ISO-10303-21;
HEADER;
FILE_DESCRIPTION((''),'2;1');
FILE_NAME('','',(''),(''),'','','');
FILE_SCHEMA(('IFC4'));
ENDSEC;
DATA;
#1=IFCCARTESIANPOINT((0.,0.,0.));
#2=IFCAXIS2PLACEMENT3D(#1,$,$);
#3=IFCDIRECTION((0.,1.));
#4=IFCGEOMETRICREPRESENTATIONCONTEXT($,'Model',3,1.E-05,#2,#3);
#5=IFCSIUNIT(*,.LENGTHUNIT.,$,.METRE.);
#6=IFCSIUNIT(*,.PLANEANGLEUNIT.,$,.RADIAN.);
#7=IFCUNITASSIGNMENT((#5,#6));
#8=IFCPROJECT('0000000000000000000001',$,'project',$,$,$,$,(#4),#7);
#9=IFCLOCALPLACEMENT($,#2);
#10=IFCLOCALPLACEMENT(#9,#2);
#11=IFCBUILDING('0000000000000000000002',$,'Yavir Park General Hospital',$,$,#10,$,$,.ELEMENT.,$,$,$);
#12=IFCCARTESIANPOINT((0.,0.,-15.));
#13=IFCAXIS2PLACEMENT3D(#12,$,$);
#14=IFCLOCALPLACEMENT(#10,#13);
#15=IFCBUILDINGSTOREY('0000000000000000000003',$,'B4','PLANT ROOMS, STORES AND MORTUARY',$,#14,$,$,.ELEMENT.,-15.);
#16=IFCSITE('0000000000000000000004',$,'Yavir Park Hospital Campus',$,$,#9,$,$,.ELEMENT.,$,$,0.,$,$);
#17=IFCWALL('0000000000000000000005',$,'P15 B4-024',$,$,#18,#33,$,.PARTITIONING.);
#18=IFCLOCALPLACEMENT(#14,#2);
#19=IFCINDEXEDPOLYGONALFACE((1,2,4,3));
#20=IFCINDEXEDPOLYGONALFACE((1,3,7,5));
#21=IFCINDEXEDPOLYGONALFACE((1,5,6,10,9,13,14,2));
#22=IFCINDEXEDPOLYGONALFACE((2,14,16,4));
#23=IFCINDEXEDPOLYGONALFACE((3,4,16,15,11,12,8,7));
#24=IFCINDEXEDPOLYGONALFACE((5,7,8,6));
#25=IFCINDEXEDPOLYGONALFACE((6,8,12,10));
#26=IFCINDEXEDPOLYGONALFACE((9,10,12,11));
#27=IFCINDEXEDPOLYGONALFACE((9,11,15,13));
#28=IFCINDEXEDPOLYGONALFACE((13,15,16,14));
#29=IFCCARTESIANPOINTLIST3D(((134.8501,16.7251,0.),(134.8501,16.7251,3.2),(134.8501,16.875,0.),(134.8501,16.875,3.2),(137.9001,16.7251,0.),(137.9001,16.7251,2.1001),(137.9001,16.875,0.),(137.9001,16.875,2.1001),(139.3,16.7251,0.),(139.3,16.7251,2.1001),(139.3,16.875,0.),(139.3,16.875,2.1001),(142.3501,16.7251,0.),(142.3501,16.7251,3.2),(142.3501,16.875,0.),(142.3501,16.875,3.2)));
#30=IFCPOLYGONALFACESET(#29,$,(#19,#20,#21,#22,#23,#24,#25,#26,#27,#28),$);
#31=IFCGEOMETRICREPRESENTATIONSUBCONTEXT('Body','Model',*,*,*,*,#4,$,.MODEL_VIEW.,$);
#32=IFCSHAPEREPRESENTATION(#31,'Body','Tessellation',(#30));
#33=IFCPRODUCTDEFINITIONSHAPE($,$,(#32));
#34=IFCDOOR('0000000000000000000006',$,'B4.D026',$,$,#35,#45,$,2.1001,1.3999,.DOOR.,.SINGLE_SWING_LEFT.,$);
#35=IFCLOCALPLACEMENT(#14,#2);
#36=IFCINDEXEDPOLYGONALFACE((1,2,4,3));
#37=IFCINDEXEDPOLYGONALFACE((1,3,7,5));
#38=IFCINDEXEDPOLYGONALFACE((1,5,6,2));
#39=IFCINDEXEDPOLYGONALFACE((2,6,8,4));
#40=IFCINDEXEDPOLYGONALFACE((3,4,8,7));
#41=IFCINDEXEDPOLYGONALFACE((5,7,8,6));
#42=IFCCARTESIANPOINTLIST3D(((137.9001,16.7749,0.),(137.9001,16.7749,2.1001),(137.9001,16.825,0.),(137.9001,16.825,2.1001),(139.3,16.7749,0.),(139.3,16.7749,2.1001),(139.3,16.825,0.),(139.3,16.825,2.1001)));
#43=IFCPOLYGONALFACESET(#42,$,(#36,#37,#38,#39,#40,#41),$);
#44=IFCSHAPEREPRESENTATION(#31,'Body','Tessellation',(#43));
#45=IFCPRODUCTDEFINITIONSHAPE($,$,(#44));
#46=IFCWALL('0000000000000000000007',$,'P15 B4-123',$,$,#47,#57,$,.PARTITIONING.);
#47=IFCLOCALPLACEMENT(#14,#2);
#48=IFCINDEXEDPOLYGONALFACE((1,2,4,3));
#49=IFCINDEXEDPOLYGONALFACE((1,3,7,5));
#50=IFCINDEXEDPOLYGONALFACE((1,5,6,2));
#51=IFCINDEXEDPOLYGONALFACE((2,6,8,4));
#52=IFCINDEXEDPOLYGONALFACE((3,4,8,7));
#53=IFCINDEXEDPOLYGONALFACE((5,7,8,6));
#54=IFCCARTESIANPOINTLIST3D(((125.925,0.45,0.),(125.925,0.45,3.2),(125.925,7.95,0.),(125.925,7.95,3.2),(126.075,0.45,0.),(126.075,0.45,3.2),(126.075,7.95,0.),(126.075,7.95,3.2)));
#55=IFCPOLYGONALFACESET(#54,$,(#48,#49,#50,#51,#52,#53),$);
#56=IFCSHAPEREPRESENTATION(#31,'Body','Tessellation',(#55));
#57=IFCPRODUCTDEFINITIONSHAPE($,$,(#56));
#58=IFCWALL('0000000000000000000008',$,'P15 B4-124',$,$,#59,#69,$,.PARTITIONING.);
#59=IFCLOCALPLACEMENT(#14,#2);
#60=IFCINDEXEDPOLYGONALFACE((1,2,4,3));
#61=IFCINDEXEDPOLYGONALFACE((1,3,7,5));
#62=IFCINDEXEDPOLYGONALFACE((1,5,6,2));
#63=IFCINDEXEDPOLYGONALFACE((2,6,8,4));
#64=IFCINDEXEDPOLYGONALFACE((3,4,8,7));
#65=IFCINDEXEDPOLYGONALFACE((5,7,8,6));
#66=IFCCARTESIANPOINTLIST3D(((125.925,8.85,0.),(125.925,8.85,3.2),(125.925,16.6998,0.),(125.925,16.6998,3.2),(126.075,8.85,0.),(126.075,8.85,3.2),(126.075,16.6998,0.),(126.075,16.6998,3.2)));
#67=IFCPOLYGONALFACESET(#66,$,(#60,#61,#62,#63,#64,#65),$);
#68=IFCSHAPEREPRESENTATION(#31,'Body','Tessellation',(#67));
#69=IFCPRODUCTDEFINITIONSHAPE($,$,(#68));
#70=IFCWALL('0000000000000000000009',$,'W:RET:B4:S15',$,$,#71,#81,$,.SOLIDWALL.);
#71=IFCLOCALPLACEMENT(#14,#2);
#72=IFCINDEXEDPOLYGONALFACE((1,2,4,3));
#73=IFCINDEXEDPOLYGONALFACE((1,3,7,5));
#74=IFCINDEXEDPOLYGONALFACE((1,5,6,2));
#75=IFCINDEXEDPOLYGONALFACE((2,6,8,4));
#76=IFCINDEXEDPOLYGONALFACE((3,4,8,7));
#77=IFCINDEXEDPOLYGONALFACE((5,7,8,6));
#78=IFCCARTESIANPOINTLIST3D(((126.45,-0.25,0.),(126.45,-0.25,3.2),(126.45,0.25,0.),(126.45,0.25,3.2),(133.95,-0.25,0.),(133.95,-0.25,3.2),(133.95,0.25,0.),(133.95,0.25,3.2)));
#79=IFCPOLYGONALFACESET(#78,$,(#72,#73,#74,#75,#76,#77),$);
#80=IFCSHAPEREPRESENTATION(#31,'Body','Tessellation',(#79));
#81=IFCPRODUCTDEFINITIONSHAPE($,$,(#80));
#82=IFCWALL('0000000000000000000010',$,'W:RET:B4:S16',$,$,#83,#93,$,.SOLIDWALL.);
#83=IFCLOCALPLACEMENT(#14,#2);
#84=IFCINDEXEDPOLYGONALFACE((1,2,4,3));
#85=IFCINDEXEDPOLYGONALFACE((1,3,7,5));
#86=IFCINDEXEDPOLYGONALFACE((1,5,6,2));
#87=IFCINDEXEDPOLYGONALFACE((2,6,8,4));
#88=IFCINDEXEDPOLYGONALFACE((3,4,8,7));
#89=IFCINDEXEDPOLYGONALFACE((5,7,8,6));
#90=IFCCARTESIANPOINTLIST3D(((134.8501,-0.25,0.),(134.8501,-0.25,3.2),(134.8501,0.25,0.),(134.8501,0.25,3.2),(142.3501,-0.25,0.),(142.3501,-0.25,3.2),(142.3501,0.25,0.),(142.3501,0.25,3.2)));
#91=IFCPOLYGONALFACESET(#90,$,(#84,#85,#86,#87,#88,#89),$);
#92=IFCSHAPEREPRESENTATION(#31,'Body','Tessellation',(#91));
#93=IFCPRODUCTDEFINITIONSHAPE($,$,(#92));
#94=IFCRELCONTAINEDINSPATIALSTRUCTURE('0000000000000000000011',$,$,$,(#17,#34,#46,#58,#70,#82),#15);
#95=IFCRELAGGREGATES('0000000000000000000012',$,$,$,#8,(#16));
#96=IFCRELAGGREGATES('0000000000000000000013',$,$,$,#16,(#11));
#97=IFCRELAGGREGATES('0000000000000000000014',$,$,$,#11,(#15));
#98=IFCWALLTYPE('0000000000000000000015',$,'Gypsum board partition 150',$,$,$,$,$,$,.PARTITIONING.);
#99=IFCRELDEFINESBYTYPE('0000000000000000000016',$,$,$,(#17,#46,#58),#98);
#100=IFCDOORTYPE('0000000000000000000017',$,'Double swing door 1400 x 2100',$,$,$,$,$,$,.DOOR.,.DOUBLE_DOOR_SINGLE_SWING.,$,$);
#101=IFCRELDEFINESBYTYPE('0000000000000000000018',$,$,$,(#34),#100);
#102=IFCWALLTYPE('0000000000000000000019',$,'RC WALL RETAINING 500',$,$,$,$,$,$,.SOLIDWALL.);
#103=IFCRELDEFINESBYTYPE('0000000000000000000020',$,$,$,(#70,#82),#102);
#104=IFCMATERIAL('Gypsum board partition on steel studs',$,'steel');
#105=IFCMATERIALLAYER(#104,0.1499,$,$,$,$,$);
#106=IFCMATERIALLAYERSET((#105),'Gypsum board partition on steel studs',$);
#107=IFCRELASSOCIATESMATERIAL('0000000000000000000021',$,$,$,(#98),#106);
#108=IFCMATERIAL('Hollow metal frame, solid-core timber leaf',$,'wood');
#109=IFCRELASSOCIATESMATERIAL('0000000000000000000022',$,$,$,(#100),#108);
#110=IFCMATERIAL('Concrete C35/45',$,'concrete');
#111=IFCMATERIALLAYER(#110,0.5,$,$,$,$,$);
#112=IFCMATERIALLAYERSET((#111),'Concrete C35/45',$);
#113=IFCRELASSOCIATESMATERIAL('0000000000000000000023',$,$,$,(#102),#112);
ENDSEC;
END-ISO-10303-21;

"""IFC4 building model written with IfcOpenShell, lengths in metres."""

from ifc_helpers import new_model, si_unit, direction, frame, frame_2d, origin, place, context, subcontext, project, spatial, rectangle, extrude, material, layer, layer_set, type_object, element, fill, save


model = new_model("IFC4")

# Units and contexts
model_context = context("Model", 3, precision=1e-05, world=origin(), true_north=direction((0.0, 1.0)))
body_context = subcontext(model_context, "Body", "Model", "MODEL_VIEW")
ifc_project = project(units=[si_unit("LENGTHUNIT", "METRE"), si_unit("PLANEANGLEUNIT", "RADIAN")], contexts=[model_context])

# Site, building, storey
site_placement = place(None, origin())
site = spatial("IfcSite", under=ifc_project, at=site_placement, Name="Yavir Park Hospital Campus", CompositionType="ELEMENT", RefElevation=0.0)
building_placement = place(site_placement, origin())
building = spatial("IfcBuilding", under=site, at=building_placement, Name="Yavir Park General Hospital", CompositionType="ELEMENT")
storey_placement = place(building_placement, frame((0.0, 0.0, -15.0)))
storey = spatial("IfcBuildingStorey", under=building, at=storey_placement, Name="B4", Description="PLANT ROOMS, STORES AND MORTUARY", CompositionType="ELEMENT", Elevation=-15.0)

# Wall, opening, door
ifc_material_1 = material(Name="Gypsum board partition on steel studs", Category="steel")
ifc_layer_1 = layer(ifc_material_1, 0.1499)
ifc_layer_set_1 = layer_set([ifc_layer_1], Name="Gypsum board partition on steel studs")
wall_type_1 = type_object("IfcWallType", Name="Gypsum board partition 150", PredefinedType="PARTITIONING", material=ifc_layer_set_1)
ifc_material_2 = material(Name="Hollow metal frame, solid-core timber leaf", Category="wood")
door_type_1 = type_object("IfcDoorType", Name="Double swing door 1400 x 2100", OperationType="DOUBLE_DOOR_SINGLE_SWING", PredefinedType="DOOR", material=ifc_material_2)
wall_1_placement = place(storey_placement, frame((134.8501, 16.8, 0.0), z_axis=(0.0, 0.0, 1.0), x_axis=(1.0, 0.0, 0.0)))
wall_1 = element("IfcWall", 1, at=wall_1_placement, inside=storey, type_object=wall_type_1, Name="P15 B4-024", PredefinedType="PARTITIONING", context=body_context, shape_type="SweptSolid", body=[
    extrude(rectangle(XDim=7.5, YDim=0.1499, at=frame_2d((3.75, 0.0))), origin(), (0.0, 0.0, 1.0), 3.2),
])
opening_1_placement = place(wall_1_placement, frame((3.05, 0.0, 0.0)))
opening_1 = element("IfcOpeningElement", 2, at=opening_1_placement, cuts=wall_1, PredefinedType="OPENING", context=body_context, shape_type="SweptSolid", body=[
    extrude(rectangle(XDim=1.3999, YDim=2.1001, at=frame_2d((0.7, 1.05))), frame((0.0, 0.085, 0.0), z_axis=(0.0, -1.0, 0.0), x_axis=(1.0, 0.0, 0.0)), (0.0, 0.0, 1.0), 0.1699),
])
door_1_placement = place(opening_1_placement, origin())
door_1 = element("IfcDoor", 3, at=door_1_placement, inside=storey, type_object=door_type_1, Name="B4.D026", OperationType="SINGLE_SWING_LEFT", OverallHeight=2.1001, OverallWidth=1.3999, PredefinedType="DOOR", context=body_context, shape_type="SweptSolid", body=[
    extrude(rectangle(XDim=1.3999, YDim=2.1001, at=frame_2d((0.7, 1.05))), frame((0.0, 0.0249, 0.0), z_axis=(0.0, -1.0, 0.0), x_axis=(1.0, 0.0, 0.0)), (0.0, 0.0, 1.0), 0.05),
])
fill(opening_1, door_1)

# Walls
wall_2_placement = place(storey_placement, frame((126.0, 0.45, 0.0), z_axis=(0.0, 0.0, 1.0), x_axis=(0.0, 1.0, 0.0)))
element("IfcWall", 4, at=wall_2_placement, inside=storey, type_object=wall_type_1, Name="P15 B4-123", PredefinedType="PARTITIONING", context=body_context, shape_type="SweptSolid", body=[
    extrude(rectangle(XDim=7.5, YDim=0.1499, at=frame_2d((3.75, 0.0))), origin(), (0.0, 0.0, 1.0), 3.2),
])
wall_3_placement = place(storey_placement, frame((126.0, 8.8501, 0.0), z_axis=(0.0, 0.0, 1.0), x_axis=(0.0, 1.0, 0.0)))
element("IfcWall", 5, at=wall_3_placement, inside=storey, type_object=wall_type_1, Name="P15 B4-124", PredefinedType="PARTITIONING", context=body_context, shape_type="SweptSolid", body=[
    extrude(rectangle(XDim=7.8499, YDim=0.1499, at=frame_2d((3.9248, 0.0))), origin(), (0.0, 0.0, 1.0), 3.2),
])
ifc_material_3 = material(Name="Concrete C35/45", Category="concrete")
ifc_layer_2 = layer(ifc_material_3, 0.5)
ifc_layer_set_2 = layer_set([ifc_layer_2], Name="Concrete C35/45")
wall_type_2 = type_object("IfcWallType", Name="RC WALL RETAINING 500", PredefinedType="SOLIDWALL", material=ifc_layer_set_2)
for number, where, z_axis, x_axis, name in (
    (6, (126.45, 0.0, 0.0), (0.0, 0.0, 1.0), (1.0, 0.0, 0.0), "W:RET:B4:S15"),
    (7, (134.8501, 0.0, 0.0), (0.0, 0.0, 1.0), (1.0, 0.0, 0.0), "W:RET:B4:S16"),
):
    element("IfcWall", number, at=place(storey_placement, frame(where, z_axis=z_axis, x_axis=x_axis)), inside=storey, type_object=wall_type_2, Name=name, PredefinedType="SOLIDWALL", context=body_context, shape_type="SweptSolid", body=[
        extrude(rectangle(XDim=7.5, YDim=0.5, at=frame_2d((3.75, 0.0))), origin(), (0.0, 0.0, 1.0), 3.2),
    ])

save(model, "model.ifc")
